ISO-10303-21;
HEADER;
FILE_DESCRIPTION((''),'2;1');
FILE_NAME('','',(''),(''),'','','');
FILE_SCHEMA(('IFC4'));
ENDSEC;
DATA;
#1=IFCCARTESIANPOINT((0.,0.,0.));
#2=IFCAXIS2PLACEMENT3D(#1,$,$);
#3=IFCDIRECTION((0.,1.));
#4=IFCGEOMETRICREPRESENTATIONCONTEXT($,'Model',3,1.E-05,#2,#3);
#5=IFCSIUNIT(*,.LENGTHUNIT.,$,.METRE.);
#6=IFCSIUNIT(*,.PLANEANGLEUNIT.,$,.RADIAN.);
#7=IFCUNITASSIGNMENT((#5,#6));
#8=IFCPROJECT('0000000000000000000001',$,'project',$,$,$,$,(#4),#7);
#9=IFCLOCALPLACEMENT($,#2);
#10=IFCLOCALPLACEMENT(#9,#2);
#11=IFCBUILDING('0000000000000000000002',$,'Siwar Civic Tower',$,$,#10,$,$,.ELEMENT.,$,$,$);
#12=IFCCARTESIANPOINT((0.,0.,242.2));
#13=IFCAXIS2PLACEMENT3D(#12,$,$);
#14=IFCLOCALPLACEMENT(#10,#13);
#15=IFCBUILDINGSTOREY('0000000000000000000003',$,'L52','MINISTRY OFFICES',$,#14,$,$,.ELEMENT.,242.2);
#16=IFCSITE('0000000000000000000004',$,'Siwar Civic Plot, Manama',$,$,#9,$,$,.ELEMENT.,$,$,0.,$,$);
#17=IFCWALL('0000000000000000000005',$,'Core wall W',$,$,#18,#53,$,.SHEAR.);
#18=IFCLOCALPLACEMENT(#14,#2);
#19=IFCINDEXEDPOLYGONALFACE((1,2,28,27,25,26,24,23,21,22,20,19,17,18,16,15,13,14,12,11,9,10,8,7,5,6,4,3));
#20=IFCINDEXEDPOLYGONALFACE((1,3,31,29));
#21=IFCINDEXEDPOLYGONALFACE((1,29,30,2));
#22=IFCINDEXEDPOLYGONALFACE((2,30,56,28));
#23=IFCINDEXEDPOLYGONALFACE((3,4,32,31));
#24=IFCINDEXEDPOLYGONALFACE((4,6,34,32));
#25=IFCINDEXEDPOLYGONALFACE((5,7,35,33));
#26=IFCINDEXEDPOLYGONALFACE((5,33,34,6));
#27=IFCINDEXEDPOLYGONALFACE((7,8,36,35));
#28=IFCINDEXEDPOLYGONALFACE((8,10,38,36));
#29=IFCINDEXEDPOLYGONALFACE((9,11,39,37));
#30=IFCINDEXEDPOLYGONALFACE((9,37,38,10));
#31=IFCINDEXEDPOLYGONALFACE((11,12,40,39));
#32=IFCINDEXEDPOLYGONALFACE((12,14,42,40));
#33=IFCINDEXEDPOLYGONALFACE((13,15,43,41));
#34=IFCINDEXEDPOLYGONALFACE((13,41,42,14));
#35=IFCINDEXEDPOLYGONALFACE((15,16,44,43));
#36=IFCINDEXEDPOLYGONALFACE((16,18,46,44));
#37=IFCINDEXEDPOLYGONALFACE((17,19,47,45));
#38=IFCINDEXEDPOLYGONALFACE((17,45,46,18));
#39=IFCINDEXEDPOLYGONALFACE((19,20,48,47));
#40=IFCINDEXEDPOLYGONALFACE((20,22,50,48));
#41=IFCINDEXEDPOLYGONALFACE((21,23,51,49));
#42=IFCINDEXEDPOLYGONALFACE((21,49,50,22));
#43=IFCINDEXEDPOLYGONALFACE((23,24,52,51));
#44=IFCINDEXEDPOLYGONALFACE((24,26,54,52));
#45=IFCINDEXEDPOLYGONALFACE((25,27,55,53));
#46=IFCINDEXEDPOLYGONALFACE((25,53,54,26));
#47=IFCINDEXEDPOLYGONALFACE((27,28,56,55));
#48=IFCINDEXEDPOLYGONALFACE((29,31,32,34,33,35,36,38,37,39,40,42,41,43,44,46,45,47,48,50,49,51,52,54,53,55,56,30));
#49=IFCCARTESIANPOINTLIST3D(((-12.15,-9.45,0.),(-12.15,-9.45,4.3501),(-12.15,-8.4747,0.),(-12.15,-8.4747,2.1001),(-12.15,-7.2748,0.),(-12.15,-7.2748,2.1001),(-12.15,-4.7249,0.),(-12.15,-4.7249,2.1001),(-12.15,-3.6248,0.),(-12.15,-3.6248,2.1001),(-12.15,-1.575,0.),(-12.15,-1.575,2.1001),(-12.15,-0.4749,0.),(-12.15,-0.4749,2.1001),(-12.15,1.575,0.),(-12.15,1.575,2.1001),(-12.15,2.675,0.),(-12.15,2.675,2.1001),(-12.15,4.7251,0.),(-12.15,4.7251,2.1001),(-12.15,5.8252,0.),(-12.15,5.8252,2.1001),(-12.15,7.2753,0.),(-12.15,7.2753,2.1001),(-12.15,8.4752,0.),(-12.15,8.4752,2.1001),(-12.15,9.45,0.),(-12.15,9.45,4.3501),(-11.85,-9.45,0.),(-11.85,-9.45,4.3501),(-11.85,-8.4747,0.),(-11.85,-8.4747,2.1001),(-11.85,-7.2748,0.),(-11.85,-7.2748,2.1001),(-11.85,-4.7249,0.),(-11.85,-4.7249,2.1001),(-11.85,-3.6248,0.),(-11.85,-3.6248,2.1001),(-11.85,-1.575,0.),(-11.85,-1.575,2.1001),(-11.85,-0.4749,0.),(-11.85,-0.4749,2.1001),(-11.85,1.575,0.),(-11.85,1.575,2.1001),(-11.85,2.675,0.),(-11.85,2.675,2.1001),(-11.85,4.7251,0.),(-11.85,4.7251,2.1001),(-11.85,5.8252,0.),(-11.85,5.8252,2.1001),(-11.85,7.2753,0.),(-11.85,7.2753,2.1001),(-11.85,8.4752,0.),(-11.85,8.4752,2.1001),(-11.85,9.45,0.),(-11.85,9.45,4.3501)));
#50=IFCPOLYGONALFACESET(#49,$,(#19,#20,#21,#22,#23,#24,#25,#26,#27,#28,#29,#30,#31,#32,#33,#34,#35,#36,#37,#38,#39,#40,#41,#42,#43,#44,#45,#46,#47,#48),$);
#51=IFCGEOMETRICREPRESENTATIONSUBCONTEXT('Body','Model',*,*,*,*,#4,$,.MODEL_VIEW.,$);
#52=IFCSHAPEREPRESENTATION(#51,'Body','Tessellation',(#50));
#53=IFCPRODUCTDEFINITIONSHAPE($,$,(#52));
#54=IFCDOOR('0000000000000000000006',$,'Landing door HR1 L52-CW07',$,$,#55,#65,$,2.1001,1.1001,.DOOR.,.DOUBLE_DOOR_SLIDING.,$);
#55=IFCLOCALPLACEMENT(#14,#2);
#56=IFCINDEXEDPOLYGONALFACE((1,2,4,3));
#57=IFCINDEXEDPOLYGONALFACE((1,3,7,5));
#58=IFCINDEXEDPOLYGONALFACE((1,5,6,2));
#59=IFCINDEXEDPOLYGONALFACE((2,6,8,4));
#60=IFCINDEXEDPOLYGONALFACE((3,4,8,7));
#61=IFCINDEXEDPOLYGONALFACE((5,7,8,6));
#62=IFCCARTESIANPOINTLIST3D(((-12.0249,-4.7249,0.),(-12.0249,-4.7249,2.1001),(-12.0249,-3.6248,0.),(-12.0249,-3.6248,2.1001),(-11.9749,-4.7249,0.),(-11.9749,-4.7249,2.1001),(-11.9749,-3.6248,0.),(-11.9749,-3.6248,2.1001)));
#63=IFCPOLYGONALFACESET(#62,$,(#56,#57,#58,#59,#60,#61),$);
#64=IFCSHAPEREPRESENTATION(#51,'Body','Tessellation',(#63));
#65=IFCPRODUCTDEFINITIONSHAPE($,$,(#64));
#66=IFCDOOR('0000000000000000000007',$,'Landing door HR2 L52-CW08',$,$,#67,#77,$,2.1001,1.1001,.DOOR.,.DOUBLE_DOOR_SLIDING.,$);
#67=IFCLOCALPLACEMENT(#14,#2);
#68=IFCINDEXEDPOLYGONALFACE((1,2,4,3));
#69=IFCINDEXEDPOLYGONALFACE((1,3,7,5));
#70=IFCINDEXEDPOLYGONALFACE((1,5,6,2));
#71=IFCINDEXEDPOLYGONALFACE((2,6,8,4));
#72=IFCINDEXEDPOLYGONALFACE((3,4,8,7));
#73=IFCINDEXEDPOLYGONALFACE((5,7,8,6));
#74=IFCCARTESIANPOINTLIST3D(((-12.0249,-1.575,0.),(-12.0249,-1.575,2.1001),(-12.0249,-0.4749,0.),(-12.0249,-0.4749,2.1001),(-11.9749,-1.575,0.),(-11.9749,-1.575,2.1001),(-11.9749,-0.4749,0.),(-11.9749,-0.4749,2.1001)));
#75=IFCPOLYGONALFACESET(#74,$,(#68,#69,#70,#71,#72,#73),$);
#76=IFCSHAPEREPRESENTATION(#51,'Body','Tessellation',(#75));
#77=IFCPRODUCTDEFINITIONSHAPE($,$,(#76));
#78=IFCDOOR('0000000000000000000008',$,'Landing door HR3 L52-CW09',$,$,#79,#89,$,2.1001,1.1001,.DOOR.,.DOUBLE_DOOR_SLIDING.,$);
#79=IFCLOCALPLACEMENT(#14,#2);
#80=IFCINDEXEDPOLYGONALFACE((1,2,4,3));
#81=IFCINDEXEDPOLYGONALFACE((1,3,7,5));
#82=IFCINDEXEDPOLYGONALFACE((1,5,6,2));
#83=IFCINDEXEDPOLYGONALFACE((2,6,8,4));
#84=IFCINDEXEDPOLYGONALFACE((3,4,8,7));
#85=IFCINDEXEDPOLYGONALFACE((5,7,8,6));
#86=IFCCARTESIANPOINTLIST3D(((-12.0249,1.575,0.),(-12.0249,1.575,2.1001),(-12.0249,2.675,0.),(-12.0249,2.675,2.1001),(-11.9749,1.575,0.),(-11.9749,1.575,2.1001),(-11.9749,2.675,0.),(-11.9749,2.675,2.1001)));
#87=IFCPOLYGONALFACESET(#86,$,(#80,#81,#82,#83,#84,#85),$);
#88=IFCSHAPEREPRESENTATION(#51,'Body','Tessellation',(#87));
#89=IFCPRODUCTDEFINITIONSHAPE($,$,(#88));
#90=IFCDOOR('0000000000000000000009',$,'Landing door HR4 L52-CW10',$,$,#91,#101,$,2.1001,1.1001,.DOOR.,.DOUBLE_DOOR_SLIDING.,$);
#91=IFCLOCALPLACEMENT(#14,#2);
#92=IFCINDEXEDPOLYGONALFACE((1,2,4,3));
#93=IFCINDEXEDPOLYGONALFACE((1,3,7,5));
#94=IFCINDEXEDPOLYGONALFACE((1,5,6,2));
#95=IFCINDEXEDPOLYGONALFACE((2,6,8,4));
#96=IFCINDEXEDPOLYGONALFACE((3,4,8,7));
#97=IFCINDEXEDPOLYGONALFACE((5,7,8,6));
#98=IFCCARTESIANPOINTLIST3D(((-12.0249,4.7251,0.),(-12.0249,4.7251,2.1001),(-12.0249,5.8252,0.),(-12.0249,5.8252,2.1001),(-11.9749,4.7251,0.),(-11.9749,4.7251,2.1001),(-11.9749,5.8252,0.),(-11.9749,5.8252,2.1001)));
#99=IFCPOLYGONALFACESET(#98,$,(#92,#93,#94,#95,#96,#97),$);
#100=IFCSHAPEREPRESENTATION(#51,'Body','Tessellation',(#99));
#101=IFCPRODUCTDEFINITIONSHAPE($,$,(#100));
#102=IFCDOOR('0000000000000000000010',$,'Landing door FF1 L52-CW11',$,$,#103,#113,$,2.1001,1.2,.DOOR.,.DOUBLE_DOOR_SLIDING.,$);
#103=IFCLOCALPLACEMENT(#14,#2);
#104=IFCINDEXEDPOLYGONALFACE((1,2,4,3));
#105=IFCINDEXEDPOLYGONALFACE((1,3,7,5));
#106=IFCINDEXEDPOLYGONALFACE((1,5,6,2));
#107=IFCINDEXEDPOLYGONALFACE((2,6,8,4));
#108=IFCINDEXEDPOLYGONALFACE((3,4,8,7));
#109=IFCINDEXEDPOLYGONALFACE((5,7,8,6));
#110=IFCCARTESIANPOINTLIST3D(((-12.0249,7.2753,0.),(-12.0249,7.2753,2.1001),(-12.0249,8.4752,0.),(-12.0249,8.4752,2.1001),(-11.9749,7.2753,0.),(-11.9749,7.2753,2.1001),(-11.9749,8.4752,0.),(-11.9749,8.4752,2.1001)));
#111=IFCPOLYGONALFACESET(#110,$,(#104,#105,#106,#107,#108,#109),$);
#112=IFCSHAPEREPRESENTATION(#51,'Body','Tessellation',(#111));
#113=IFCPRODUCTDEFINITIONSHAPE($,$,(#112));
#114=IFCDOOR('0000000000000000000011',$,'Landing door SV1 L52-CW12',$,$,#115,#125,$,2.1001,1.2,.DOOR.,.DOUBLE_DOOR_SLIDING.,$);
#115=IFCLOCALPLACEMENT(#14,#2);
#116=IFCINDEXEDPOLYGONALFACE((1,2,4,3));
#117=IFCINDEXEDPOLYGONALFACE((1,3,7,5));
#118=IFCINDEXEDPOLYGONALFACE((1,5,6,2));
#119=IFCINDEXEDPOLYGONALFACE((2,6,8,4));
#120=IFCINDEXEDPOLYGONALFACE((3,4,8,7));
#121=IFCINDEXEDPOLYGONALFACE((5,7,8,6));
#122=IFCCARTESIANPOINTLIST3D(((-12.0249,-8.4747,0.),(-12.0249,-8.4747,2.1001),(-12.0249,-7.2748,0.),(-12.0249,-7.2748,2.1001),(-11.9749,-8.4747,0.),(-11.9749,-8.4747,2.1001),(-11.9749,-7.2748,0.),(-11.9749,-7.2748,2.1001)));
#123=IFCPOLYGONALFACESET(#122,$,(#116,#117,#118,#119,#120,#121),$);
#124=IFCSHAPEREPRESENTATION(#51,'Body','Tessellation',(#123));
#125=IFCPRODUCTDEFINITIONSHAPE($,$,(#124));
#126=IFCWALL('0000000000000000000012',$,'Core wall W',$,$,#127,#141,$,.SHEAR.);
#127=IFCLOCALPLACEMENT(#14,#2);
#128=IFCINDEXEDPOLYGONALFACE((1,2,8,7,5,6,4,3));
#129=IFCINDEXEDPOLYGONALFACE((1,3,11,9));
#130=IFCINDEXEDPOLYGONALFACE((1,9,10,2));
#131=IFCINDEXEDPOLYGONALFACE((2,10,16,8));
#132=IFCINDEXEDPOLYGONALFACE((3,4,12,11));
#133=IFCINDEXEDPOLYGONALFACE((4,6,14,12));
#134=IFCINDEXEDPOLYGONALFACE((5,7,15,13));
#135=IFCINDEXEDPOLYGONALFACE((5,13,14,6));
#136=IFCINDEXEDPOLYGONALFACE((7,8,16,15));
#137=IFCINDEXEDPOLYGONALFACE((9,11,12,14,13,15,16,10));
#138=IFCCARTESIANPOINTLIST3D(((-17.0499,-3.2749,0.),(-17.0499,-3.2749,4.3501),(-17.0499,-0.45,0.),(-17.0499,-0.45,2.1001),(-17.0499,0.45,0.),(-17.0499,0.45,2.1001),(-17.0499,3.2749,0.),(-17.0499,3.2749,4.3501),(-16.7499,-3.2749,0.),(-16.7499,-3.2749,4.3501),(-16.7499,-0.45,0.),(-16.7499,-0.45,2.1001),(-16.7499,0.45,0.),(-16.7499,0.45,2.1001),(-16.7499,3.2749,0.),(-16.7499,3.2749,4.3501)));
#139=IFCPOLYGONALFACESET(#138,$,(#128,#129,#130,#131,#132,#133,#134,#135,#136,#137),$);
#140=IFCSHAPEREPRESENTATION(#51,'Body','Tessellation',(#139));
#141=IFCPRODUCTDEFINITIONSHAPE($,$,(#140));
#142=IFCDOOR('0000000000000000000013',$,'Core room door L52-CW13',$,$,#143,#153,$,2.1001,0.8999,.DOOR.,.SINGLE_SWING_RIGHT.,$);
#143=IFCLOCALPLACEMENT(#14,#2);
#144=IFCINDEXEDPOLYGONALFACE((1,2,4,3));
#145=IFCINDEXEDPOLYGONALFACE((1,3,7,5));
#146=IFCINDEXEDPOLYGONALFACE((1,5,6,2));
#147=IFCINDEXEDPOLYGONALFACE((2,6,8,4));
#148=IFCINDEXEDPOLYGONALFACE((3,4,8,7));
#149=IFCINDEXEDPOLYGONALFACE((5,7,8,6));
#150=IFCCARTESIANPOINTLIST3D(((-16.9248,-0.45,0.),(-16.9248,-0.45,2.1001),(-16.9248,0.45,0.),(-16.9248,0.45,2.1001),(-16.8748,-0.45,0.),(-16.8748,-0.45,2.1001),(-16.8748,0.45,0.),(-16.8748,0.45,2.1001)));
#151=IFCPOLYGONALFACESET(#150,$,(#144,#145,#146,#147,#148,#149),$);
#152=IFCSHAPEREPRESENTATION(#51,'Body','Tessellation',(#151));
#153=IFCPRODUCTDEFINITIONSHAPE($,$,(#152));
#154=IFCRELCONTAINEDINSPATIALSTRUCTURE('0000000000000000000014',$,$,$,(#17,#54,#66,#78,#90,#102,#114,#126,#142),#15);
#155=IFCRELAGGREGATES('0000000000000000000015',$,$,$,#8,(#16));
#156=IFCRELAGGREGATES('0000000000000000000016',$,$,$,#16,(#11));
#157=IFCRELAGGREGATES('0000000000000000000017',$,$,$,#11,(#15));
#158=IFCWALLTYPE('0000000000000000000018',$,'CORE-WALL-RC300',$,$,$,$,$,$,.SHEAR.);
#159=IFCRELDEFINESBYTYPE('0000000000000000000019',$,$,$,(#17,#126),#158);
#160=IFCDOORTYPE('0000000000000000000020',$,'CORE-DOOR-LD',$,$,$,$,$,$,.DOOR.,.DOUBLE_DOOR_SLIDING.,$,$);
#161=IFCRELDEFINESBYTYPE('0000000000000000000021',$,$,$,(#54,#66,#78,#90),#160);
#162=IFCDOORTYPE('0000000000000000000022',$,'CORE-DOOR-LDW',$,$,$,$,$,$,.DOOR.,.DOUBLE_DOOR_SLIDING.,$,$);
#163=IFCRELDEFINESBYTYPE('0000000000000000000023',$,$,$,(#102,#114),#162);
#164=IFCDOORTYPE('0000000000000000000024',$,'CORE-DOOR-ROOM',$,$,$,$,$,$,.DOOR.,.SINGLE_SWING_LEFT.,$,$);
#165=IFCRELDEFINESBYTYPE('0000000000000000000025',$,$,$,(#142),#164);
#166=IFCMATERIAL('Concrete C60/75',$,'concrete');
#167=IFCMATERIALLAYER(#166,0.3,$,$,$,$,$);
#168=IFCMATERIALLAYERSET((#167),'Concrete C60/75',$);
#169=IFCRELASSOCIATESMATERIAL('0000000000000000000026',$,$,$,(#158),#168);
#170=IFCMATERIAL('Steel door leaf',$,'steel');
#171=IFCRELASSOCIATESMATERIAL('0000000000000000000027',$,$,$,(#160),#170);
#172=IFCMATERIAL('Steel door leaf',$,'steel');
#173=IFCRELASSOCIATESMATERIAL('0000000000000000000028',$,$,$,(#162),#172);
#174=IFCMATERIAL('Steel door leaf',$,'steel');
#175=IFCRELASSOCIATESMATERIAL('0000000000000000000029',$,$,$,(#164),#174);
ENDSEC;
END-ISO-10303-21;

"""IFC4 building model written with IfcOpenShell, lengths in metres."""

from ifc_helpers import new_model, si_unit, direction, frame, frame_2d, origin, place, context, subcontext, project, spatial, rectangle, extrude, material, layer, layer_set, type_object, element, fill, save


model = new_model("IFC4")

# Units and contexts
model_context = context("Model", 3, precision=1e-05, world=origin(), true_north=direction((0.0, 1.0)))
body_context = subcontext(model_context, "Body", "Model", "MODEL_VIEW")
ifc_project = project(units=[si_unit("LENGTHUNIT", "METRE"), si_unit("PLANEANGLEUNIT", "RADIAN")], contexts=[model_context])

# Site, building, storey
site_placement = place(None, origin())
site = spatial("IfcSite", under=ifc_project, at=site_placement, Name="Siwar Civic Plot, Manama", CompositionType="ELEMENT", RefElevation=0.0)
building_placement = place(site_placement, origin())
building = spatial("IfcBuilding", under=site, at=building_placement, Name="Siwar Civic Tower", CompositionType="ELEMENT")
storey_placement = place(building_placement, frame((0.0, 0.0, 242.2)))
storey = spatial("IfcBuildingStorey", under=building, at=storey_placement, Name="L52", Description="MINISTRY OFFICES", CompositionType="ELEMENT", Elevation=242.2)

# Wall, openings, doors
ifc_material_1 = material(Name="Concrete C60/75", Category="concrete")
ifc_layer_1 = layer(ifc_material_1, 0.3)
ifc_layer_set_1 = layer_set([ifc_layer_1], Name="Concrete C60/75")
wall_type_1 = type_object("IfcWallType", Name="CORE-WALL-RC300", PredefinedType="SHEAR", material=ifc_layer_set_1)
wall_1_placement = place(storey_placement, frame((-12.0, -9.45, 0.0), z_axis=(0.0, 0.0, 1.0), x_axis=(0.0, 1.0, 0.0)))
wall_1 = element("IfcWall", 1, at=wall_1_placement, inside=storey, type_object=wall_type_1, Name="Core wall W", PredefinedType="SHEAR", context=body_context, shape_type="SweptSolid", body=[
    extrude(rectangle(XDim=18.8999, YDim=0.3, at=frame_2d((9.45, 0.0))), origin(), (0.0, 0.0, 1.0), 4.3501),
])
opening_1_placement = place(wall_1_placement, frame((4.7251, 0.0, 0.0)))
opening_1 = element("IfcOpeningElement", 2, at=opening_1_placement, cuts=wall_1, PredefinedType="OPENING", context=body_context, shape_type="SweptSolid", body=[
    extrude(rectangle(XDim=1.1001, YDim=2.1001, at=frame_2d((0.55, 1.05))), frame((0.0, 0.1602, 0.0), z_axis=(0.0, -1.0, 0.0), x_axis=(1.0, 0.0, 0.0)), (0.0, 0.0, 1.0), 0.3201),
])
opening_2_placement = place(wall_1_placement, frame((7.875, 0.0, 0.0)))
opening_2 = element("IfcOpeningElement", 3, at=opening_2_placement, cuts=wall_1, PredefinedType="OPENING", context=body_context, shape_type="SweptSolid", body=[
    extrude(rectangle(XDim=1.1001, YDim=2.1001, at=frame_2d((0.55, 1.05))), frame((0.0, 0.1602, 0.0), z_axis=(0.0, -1.0, 0.0), x_axis=(1.0, 0.0, 0.0)), (0.0, 0.0, 1.0), 0.3201),
])
opening_3_placement = place(wall_1_placement, frame((11.0249, 0.0, 0.0)))
opening_3 = element("IfcOpeningElement", 4, at=opening_3_placement, cuts=wall_1, PredefinedType="OPENING", context=body_context, shape_type="SweptSolid", body=[
    extrude(rectangle(XDim=1.1001, YDim=2.1001, at=frame_2d((0.55, 1.05))), frame((0.0, 0.1602, 0.0), z_axis=(0.0, -1.0, 0.0), x_axis=(1.0, 0.0, 0.0)), (0.0, 0.0, 1.0), 0.3201),
])
opening_4_placement = place(wall_1_placement, frame((14.175, 0.0, 0.0)))
opening_4 = element("IfcOpeningElement", 5, at=opening_4_placement, cuts=wall_1, PredefinedType="OPENING", context=body_context, shape_type="SweptSolid", body=[
    extrude(rectangle(XDim=1.1001, YDim=2.1001, at=frame_2d((0.55, 1.05))), frame((0.0, 0.1602, 0.0), z_axis=(0.0, -1.0, 0.0), x_axis=(1.0, 0.0, 0.0)), (0.0, 0.0, 1.0), 0.3201),
])
opening_5_placement = place(wall_1_placement, frame((16.7251, 0.0, 0.0)))
opening_5 = element("IfcOpeningElement", 6, at=opening_5_placement, cuts=wall_1, PredefinedType="OPENING", context=body_context, shape_type="SweptSolid", body=[
    extrude(rectangle(XDim=1.2, YDim=2.1001, at=frame_2d((0.6001, 1.05))), frame((0.0, 0.1602, 0.0), z_axis=(0.0, -1.0, 0.0), x_axis=(1.0, 0.0, 0.0)), (0.0, 0.0, 1.0), 0.3201),
])
opening_6_placement = place(wall_1_placement, frame((0.9751, 0.0, 0.0)))
opening_6 = element("IfcOpeningElement", 7, at=opening_6_placement, cuts=wall_1, PredefinedType="OPENING", context=body_context, shape_type="SweptSolid", body=[
    extrude(rectangle(XDim=1.2, YDim=2.1001, at=frame_2d((0.6001, 1.05))), frame((0.0, 0.1602, 0.0), z_axis=(0.0, -1.0, 0.0), x_axis=(1.0, 0.0, 0.0)), (0.0, 0.0, 1.0), 0.3201),
])
ifc_material_2 = material(Name="Steel door leaf", Category="steel")
door_type_1 = type_object("IfcDoorType", Name="CORE-DOOR-LD", OperationType="DOUBLE_DOOR_SLIDING", PredefinedType="DOOR", material=ifc_material_2)
door_1_placement = place(opening_1_placement, origin())
door_1 = element("IfcDoor", 8, at=door_1_placement, inside=storey, type_object=door_type_1, Name="Landing door HR1 L52-CW07", OperationType="DOUBLE_DOOR_SLIDING", OverallHeight=2.1001, OverallWidth=1.1001, PredefinedType="DOOR", context=body_context, shape_type="SweptSolid", body=[
    extrude(rectangle(XDim=1.1001, YDim=2.1001, at=frame_2d((0.55, 1.05))), frame((0.0, 0.0249, 0.0), z_axis=(0.0, -1.0, 0.0), x_axis=(1.0, 0.0, 0.0)), (0.0, 0.0, 1.0), 0.05),
])
fill(opening_1, door_1)
door_2_placement = place(opening_2_placement, origin())
door_2 = element("IfcDoor", 9, at=door_2_placement, inside=storey, type_object=door_type_1, Name="Landing door HR2 L52-CW08", OperationType="DOUBLE_DOOR_SLIDING", OverallHeight=2.1001, OverallWidth=1.1001, PredefinedType="DOOR", context=body_context, shape_type="SweptSolid", body=[
    extrude(rectangle(XDim=1.1001, YDim=2.1001, at=frame_2d((0.55, 1.05))), frame((0.0, 0.0249, 0.0), z_axis=(0.0, -1.0, 0.0), x_axis=(1.0, 0.0, 0.0)), (0.0, 0.0, 1.0), 0.05),
])
fill(opening_2, door_2)
door_3_placement = place(opening_3_placement, origin())
door_3 = element("IfcDoor", 10, at=door_3_placement, inside=storey, type_object=door_type_1, Name="Landing door HR3 L52-CW09", OperationType="DOUBLE_DOOR_SLIDING", OverallHeight=2.1001, OverallWidth=1.1001, PredefinedType="DOOR", context=body_context, shape_type="SweptSolid", body=[
    extrude(rectangle(XDim=1.1001, YDim=2.1001, at=frame_2d((0.55, 1.05))), frame((0.0, 0.0249, 0.0), z_axis=(0.0, -1.0, 0.0), x_axis=(1.0, 0.0, 0.0)), (0.0, 0.0, 1.0), 0.05),
])
fill(opening_3, door_3)
door_4_placement = place(opening_4_placement, origin())
door_4 = element("IfcDoor", 11, at=door_4_placement, inside=storey, type_object=door_type_1, Name="Landing door HR4 L52-CW10", OperationType="DOUBLE_DOOR_SLIDING", OverallHeight=2.1001, OverallWidth=1.1001, PredefinedType="DOOR", context=body_context, shape_type="SweptSolid", body=[
    extrude(rectangle(XDim=1.1001, YDim=2.1001, at=frame_2d((0.55, 1.05))), frame((0.0, 0.0249, 0.0), z_axis=(0.0, -1.0, 0.0), x_axis=(1.0, 0.0, 0.0)), (0.0, 0.0, 1.0), 0.05),
])
fill(opening_4, door_4)
ifc_material_3 = material(Name="Steel door leaf", Category="steel")
door_type_2 = type_object("IfcDoorType", Name="CORE-DOOR-LDW", OperationType="DOUBLE_DOOR_SLIDING", PredefinedType="DOOR", material=ifc_material_3)
door_5_placement = place(opening_5_placement, origin())
door_5 = element("IfcDoor", 12, at=door_5_placement, inside=storey, type_object=door_type_2, Name="Landing door FF1 L52-CW11", OperationType="DOUBLE_DOOR_SLIDING", OverallHeight=2.1001, OverallWidth=1.2, PredefinedType="DOOR", context=body_context, shape_type="SweptSolid", body=[
    extrude(rectangle(XDim=1.2, YDim=2.1001, at=frame_2d((0.6001, 1.05))), frame((0.0, 0.0249, 0.0), z_axis=(0.0, -1.0, 0.0), x_axis=(1.0, 0.0, 0.0)), (0.0, 0.0, 1.0), 0.05),
])
fill(opening_5, door_5)
door_6_placement = place(opening_6_placement, origin())
door_6 = element("IfcDoor", 13, at=door_6_placement, inside=storey, type_object=door_type_2, Name="Landing door SV1 L52-CW12", OperationType="DOUBLE_DOOR_SLIDING", OverallHeight=2.1001, OverallWidth=1.2, PredefinedType="DOOR", context=body_context, shape_type="SweptSolid", body=[
    extrude(rectangle(XDim=1.2, YDim=2.1001, at=frame_2d((0.6001, 1.05))), frame((0.0, 0.0249, 0.0), z_axis=(0.0, -1.0, 0.0), x_axis=(1.0, 0.0, 0.0)), (0.0, 0.0, 1.0), 0.05),
])
fill(opening_6, door_6)

# Wall, opening, door
wall_2_placement = place(storey_placement, frame((-16.8999, -3.2749, 0.0), z_axis=(0.0, 0.0, 1.0), x_axis=(0.0, 1.0, 0.0)))
wall_2 = element("IfcWall", 14, at=wall_2_placement, inside=storey, type_object=wall_type_1, Name="Core wall W", PredefinedType="SHEAR", context=body_context, shape_type="SweptSolid", body=[
    extrude(rectangle(XDim=6.5498, YDim=0.3, at=frame_2d((3.2749, 0.0))), origin(), (0.0, 0.0, 1.0), 4.3501),
])
opening_7_placement = place(wall_2_placement, frame((2.825, 0.0, 0.0)))
opening_7 = element("IfcOpeningElement", 15, at=opening_7_placement, cuts=wall_2, PredefinedType="OPENING", context=body_context, shape_type="SweptSolid", body=[
    extrude(rectangle(XDim=0.8999, YDim=2.1001, at=frame_2d((0.45, 1.05))), frame((0.0, 0.1602, 0.0), z_axis=(0.0, -1.0, 0.0), x_axis=(1.0, 0.0, 0.0)), (0.0, 0.0, 1.0), 0.3201),
])
ifc_material_4 = material(Name="Steel door leaf", Category="steel")
door_type_3 = type_object("IfcDoorType", Name="CORE-DOOR-ROOM", OperationType="SINGLE_SWING_LEFT", PredefinedType="DOOR", material=ifc_material_4)
door_7_placement = place(opening_7_placement, origin())
door_7 = element("IfcDoor", 16, at=door_7_placement, inside=storey, type_object=door_type_3, Name="Core room door L52-CW13", OperationType="SINGLE_SWING_RIGHT", OverallHeight=2.1001, OverallWidth=0.8999, PredefinedType="DOOR", context=body_context, shape_type="SweptSolid", body=[
    extrude(rectangle(XDim=0.8999, YDim=2.1001, at=frame_2d((0.45, 1.05))), frame((0.0, 0.0249, 0.0), z_axis=(0.0, -1.0, 0.0), x_axis=(1.0, 0.0, 0.0)), (0.0, 0.0, 1.0), 0.05),
])
fill(opening_7, door_7)

save(model, "model.ifc")
